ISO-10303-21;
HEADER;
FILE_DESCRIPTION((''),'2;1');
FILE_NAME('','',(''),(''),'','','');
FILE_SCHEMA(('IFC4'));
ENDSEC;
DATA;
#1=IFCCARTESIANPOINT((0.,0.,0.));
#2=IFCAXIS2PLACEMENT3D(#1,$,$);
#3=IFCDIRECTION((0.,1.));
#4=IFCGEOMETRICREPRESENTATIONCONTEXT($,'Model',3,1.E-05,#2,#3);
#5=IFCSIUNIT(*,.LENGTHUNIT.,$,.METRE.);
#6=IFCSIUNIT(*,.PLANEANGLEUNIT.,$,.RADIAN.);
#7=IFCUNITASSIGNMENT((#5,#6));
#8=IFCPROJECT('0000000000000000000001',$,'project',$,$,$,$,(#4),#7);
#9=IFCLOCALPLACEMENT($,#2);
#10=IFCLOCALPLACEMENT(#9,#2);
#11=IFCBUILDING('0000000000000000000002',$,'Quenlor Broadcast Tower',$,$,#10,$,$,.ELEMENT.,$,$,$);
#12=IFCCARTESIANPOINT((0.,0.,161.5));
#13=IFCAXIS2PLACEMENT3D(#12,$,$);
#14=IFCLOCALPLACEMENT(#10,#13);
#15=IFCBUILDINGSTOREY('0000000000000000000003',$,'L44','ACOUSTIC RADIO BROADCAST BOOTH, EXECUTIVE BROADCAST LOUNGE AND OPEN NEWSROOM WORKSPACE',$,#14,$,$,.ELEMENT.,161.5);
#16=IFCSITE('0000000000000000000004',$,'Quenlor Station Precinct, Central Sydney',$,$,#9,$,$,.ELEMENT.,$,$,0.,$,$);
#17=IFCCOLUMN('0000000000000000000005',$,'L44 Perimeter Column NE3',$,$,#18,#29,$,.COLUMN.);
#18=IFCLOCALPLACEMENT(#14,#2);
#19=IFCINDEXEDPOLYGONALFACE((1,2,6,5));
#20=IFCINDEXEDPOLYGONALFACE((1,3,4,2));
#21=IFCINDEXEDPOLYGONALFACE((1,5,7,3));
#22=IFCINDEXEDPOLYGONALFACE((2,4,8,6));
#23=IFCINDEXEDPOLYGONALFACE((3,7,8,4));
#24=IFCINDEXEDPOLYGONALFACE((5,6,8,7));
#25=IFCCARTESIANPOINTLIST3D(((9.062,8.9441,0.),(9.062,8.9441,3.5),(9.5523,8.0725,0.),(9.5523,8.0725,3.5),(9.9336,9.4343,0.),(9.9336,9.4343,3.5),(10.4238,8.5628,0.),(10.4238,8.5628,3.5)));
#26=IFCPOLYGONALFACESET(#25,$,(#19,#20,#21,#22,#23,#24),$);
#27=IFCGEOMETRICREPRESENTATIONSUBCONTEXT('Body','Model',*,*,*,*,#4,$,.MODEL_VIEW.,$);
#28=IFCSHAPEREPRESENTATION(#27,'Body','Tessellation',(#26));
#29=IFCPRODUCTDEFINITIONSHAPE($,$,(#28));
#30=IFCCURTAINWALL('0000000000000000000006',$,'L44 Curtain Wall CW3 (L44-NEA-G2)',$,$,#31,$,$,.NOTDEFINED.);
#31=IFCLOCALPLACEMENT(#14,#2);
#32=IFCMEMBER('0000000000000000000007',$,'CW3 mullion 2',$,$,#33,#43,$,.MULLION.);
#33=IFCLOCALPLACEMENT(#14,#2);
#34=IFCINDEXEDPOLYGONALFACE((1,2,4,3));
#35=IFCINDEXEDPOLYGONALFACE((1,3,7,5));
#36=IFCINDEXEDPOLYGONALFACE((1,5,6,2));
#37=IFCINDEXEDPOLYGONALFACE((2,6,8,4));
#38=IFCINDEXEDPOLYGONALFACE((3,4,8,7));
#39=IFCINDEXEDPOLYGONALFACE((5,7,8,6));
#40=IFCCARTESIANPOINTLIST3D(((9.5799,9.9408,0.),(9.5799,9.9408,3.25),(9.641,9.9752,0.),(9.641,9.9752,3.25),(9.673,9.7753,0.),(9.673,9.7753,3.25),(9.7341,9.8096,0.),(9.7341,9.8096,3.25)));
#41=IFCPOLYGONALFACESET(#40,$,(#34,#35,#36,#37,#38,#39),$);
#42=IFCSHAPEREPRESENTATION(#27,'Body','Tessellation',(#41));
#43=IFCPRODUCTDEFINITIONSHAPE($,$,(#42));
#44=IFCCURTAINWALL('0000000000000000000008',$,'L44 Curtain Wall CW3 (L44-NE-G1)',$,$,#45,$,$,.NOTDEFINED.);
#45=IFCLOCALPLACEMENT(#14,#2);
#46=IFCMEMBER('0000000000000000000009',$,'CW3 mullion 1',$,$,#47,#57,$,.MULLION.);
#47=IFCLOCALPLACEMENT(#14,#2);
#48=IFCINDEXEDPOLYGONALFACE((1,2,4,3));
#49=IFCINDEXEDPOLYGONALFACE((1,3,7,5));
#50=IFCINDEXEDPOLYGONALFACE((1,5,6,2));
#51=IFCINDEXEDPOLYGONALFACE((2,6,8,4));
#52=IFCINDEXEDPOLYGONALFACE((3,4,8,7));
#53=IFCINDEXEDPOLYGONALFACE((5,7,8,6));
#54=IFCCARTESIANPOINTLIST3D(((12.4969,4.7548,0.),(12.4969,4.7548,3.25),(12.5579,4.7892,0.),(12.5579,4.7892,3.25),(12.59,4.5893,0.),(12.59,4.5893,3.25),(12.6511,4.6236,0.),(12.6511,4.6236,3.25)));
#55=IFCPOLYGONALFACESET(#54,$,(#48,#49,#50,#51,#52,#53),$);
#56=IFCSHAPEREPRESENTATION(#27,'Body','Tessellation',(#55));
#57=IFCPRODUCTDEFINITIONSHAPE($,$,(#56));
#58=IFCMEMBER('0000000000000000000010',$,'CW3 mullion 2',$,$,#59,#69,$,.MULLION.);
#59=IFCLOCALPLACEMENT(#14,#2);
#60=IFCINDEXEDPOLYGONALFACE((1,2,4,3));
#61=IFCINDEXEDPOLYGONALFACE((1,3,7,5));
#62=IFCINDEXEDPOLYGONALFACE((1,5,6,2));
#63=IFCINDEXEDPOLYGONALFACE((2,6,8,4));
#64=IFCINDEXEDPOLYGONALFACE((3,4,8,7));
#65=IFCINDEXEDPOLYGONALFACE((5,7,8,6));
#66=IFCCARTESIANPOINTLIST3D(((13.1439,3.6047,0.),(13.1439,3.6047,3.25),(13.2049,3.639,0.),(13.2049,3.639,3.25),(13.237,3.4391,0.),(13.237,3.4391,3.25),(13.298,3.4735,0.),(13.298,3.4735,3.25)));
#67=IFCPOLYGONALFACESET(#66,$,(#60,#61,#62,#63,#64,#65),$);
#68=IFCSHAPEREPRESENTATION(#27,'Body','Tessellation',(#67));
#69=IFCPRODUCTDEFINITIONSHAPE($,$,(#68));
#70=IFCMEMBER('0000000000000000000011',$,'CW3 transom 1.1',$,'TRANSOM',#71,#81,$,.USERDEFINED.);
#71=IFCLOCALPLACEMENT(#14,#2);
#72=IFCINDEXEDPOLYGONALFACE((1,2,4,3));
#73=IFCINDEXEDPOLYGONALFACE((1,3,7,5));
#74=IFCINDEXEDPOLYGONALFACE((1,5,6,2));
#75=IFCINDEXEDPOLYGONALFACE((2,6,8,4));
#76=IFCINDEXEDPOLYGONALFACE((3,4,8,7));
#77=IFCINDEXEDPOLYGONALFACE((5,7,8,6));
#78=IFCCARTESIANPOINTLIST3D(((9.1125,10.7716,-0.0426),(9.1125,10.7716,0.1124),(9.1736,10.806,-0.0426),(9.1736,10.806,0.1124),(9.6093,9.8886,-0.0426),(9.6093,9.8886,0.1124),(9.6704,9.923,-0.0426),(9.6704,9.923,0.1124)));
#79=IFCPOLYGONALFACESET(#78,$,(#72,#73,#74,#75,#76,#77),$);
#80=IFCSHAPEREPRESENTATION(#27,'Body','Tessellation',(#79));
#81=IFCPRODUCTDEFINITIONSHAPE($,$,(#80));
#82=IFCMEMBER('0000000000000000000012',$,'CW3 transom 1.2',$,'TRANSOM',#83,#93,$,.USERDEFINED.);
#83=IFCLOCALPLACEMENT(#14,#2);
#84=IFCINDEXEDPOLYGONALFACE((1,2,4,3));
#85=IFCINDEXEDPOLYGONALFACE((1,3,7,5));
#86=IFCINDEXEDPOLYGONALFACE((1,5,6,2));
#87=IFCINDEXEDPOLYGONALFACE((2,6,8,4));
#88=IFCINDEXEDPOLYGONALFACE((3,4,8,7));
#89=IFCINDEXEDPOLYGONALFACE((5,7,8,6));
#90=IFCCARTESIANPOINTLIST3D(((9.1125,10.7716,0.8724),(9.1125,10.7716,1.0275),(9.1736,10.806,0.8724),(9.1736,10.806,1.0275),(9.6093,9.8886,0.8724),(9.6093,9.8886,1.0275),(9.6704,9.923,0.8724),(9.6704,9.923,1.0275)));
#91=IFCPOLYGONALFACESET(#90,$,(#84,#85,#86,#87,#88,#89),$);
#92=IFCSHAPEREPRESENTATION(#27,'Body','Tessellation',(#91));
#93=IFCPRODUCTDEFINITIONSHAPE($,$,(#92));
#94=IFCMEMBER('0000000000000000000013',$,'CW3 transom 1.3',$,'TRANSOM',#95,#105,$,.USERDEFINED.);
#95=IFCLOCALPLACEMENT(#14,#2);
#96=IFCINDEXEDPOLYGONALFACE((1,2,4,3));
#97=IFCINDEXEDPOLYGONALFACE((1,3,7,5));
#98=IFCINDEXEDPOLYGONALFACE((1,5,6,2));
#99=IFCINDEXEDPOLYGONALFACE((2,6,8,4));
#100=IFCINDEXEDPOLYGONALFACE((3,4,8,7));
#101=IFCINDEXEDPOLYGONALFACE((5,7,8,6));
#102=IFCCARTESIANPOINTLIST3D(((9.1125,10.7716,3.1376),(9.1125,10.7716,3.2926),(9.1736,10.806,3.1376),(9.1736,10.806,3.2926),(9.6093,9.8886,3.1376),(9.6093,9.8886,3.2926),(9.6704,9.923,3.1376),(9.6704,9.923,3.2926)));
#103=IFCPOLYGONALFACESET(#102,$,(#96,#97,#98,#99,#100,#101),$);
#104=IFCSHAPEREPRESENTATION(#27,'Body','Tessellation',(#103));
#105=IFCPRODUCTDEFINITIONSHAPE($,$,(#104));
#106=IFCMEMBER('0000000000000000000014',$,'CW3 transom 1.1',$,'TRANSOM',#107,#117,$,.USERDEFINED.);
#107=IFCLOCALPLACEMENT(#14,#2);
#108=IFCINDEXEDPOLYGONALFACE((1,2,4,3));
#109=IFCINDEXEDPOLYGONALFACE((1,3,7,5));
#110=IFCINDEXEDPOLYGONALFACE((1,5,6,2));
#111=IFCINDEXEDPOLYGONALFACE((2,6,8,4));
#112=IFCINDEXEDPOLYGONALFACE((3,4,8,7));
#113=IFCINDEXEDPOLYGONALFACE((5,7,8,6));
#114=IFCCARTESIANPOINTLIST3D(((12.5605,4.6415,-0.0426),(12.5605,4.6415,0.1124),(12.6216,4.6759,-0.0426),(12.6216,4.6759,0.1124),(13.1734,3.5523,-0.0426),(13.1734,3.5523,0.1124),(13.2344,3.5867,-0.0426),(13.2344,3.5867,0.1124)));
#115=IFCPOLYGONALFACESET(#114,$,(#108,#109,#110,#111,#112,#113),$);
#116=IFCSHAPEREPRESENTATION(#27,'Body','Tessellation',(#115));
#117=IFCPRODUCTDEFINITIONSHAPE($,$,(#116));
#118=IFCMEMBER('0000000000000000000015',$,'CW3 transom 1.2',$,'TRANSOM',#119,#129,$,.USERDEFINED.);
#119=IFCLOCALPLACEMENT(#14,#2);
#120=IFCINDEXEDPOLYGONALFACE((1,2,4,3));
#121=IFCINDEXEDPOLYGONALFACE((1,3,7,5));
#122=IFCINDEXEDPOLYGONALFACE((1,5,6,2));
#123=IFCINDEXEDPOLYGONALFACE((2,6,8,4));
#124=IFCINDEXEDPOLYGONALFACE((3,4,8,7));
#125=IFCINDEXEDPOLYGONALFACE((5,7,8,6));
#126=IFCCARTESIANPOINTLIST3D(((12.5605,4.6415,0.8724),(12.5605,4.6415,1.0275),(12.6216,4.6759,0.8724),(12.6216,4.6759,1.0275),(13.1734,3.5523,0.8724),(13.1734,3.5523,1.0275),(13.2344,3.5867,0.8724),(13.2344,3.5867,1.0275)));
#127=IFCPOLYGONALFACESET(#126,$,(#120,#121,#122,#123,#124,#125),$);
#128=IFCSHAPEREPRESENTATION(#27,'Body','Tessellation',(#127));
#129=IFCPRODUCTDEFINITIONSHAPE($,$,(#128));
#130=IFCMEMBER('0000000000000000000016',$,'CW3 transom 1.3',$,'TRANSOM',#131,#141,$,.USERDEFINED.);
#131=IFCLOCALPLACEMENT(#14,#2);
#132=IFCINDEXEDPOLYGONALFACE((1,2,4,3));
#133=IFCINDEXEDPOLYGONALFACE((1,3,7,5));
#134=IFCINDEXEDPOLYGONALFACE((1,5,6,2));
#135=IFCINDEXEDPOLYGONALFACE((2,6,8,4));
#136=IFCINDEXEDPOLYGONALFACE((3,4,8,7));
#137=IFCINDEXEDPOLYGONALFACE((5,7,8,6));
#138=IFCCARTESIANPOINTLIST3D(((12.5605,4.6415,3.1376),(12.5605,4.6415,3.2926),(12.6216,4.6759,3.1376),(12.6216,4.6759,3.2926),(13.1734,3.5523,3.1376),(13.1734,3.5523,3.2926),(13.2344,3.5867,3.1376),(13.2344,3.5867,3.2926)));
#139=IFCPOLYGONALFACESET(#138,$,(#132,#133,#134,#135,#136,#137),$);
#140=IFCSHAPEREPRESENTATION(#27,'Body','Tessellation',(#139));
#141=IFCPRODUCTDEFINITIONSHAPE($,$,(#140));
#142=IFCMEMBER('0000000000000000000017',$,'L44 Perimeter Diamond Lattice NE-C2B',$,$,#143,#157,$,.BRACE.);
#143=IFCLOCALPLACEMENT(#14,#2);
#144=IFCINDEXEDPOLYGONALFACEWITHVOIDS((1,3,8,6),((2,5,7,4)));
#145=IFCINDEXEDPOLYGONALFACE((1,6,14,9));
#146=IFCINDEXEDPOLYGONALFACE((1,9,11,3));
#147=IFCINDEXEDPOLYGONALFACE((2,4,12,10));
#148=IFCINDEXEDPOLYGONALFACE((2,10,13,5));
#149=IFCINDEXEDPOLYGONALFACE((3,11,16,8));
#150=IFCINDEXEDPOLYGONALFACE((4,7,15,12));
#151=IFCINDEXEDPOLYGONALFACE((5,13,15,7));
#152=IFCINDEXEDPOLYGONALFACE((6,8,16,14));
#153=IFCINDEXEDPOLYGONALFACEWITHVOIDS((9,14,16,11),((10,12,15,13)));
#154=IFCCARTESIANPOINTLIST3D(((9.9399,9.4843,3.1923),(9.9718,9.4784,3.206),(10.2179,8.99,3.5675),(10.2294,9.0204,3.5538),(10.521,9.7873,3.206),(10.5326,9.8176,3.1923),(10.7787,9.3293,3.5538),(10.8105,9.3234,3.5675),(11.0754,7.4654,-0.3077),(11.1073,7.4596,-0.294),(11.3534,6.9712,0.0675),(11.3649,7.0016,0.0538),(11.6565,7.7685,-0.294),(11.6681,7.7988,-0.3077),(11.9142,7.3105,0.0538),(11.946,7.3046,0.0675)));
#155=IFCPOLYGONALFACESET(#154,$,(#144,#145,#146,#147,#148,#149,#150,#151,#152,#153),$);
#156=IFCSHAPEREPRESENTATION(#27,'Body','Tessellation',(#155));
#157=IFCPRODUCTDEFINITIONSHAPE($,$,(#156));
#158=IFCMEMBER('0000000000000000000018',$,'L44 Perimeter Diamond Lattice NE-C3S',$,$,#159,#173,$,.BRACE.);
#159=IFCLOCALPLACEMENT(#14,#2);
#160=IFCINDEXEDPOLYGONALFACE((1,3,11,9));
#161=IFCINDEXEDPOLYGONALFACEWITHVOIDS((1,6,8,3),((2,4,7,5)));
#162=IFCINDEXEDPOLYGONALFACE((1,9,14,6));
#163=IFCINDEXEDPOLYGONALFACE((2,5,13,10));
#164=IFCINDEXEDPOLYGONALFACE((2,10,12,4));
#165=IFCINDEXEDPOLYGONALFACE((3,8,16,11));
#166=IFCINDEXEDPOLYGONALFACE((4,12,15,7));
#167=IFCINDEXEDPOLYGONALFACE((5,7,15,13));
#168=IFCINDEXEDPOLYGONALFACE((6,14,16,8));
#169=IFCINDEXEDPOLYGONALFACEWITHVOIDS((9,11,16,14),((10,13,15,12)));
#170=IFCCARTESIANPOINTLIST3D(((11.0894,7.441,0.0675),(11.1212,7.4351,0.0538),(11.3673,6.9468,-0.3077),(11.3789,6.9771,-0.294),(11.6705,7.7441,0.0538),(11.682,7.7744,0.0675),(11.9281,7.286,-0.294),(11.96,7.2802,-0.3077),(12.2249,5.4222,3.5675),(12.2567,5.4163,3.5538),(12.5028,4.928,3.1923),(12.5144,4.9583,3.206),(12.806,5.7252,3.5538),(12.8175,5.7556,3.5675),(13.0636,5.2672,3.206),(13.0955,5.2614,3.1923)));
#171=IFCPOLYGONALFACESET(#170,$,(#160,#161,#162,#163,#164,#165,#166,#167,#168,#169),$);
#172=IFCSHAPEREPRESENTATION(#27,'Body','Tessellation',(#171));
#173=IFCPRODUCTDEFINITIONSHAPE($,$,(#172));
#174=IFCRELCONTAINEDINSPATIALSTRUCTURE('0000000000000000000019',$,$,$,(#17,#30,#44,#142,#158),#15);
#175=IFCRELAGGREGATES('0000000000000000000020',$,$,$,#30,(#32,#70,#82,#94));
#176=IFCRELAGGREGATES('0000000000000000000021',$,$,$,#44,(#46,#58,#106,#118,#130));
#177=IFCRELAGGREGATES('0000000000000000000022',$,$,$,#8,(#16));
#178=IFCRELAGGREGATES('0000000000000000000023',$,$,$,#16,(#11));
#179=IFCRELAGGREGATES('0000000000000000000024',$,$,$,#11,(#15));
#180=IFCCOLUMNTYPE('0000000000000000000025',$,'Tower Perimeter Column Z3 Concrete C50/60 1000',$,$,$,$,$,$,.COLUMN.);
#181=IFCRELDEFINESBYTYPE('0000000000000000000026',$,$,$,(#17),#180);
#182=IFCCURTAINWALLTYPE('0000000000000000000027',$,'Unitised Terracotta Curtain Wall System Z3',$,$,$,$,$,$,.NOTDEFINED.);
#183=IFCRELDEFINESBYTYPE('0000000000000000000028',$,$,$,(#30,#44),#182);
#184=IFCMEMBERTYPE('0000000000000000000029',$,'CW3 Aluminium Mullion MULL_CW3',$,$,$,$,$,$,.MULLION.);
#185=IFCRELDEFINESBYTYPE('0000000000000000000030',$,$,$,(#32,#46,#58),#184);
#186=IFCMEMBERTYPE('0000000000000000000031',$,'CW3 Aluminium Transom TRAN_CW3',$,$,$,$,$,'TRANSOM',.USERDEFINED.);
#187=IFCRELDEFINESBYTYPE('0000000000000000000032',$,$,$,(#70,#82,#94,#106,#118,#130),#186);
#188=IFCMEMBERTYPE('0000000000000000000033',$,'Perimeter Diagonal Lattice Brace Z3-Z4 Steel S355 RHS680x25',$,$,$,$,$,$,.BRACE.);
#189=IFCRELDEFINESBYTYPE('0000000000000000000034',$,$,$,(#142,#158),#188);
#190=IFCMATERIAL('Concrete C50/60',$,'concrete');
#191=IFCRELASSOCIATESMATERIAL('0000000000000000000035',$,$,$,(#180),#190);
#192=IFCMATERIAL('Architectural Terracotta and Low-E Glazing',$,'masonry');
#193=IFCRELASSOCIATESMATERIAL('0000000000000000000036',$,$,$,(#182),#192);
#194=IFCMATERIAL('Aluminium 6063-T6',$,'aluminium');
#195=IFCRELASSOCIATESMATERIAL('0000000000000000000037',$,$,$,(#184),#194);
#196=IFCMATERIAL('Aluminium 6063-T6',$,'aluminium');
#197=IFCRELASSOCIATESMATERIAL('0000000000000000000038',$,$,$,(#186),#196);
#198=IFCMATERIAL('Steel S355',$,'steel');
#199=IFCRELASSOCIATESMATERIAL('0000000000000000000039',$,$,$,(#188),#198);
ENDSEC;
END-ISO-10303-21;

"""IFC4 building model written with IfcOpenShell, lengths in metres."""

from ifc_helpers import new_model, si_unit, direction, frame, origin, origin_2d, place, context, subcontext, project, spatial, rectangle, hollow_rectangle, extrude, material, material_profile, profile_set, type_object, element, aggregate, save


model = new_model("IFC4")

# Units and contexts
model_context = context("Model", 3, precision=1e-05, world=origin(), true_north=direction((0.0, 1.0)))
body_context = subcontext(model_context, "Body", "Model", "MODEL_VIEW")
ifc_project = project(units=[si_unit("LENGTHUNIT", "METRE"), si_unit("PLANEANGLEUNIT", "RADIAN")], contexts=[model_context])

# Site, building, storey
site_placement = place(None, origin())
site = spatial("IfcSite", under=ifc_project, at=site_placement, Name="Quenlor Station Precinct, Central Sydney", CompositionType="ELEMENT", RefElevation=0.0)
building_placement = place(site_placement, origin())
building = spatial("IfcBuilding", under=site, at=building_placement, Name="Quenlor Broadcast Tower", CompositionType="ELEMENT")
storey_placement = place(building_placement, frame((0.0, 0.0, 161.5)))
storey = spatial("IfcBuildingStorey", under=building, at=storey_placement, Name="L44", Description="ACOUSTIC RADIO BROADCAST BOOTH, EXECUTIVE BROADCAST LOUNGE AND OPEN NEWSROOM WORKSPACE", CompositionType="ELEMENT", Elevation=161.5)

# Column
ifc_material_1 = material(Name="Concrete C50/60", Category="concrete")
ifc_material_profile_1 = material_profile(ifc_material_1, rectangle(XDim=1.0, YDim=1.0, at=origin_2d()))
ifc_profile_set_1 = profile_set([ifc_material_profile_1], Name="Concrete C50/60 RC1000x1000")
column_type = type_object("IfcColumnType", Name="Tower Perimeter Column Z3 Concrete C50/60 1000", PredefinedType="COLUMN", material=ifc_profile_set_1)
column_placement = place(storey_placement, frame((9.7429, 8.7534, 0.0), z_axis=(0.0, 0.0, 1.0), x_axis=(0.871575, 0.490262, 0.0)))
element("IfcColumn", 1, at=column_placement, inside=storey, type_object=column_type, Name="L44 Perimeter Column NE3", PredefinedType="COLUMN", context=body_context, shape_type="SweptSolid", body=[
    extrude(rectangle(XDim=1.0, YDim=1.0, at=origin_2d()), origin(), (0.0, 0.0, 1.0), 3.5),
])

# Curtain wall, member
ifc_material_2 = material(Name="Architectural Terracotta and Low-E Glazing", Category="masonry")
curtain_wall_type = type_object("IfcCurtainWallType", Name="Unitised Terracotta Curtain Wall System Z3", PredefinedType="NOTDEFINED", material=ifc_material_2)
curtain_wall_1_placement = place(storey_placement, origin())
curtain_wall_1 = element("IfcCurtainWall", 2, at=curtain_wall_1_placement, inside=storey, type_object=curtain_wall_type, Name="L44 Curtain Wall CW3 (L44-NEA-G2)", PredefinedType="NOTDEFINED")
ifc_material_3 = material(Name="Aluminium 6063-T6", Category="aluminium")
ifc_material_profile_2 = material_profile(ifc_material_3, rectangle(XDim=0.0701, YDim=0.1899, at=origin_2d()))
ifc_profile_set_2 = profile_set([ifc_material_profile_2], Name="Aluminium 6063-T6 MULL70x190")
member_type_1 = type_object("IfcMemberType", Name="CW3 Aluminium Mullion MULL_CW3", PredefinedType="MULLION", material=ifc_profile_set_2)
member_1_placement = place(storey_placement, frame((9.657, 9.8752, 0.0), z_axis=(0.0, 0.0, 1.0), x_axis=(0.871601, 0.490216, 0.0)))
member_1 = element("IfcMember", 3, at=member_1_placement, type_object=member_type_1, Name="CW3 mullion 2", PredefinedType="MULLION", context=body_context, shape_type="SweptSolid", body=[
    extrude(rectangle(XDim=0.0701, YDim=0.1899, at=origin_2d()), origin(), (0.0, 0.0, 1.0), 3.25),
])

# Curtain wall, members
curtain_wall_2_placement = place(storey_placement, origin())
curtain_wall_2 = element("IfcCurtainWall", 4, at=curtain_wall_2_placement, inside=storey, type_object=curtain_wall_type, Name="L44 Curtain Wall CW3 (L44-NE-G1)", PredefinedType="NOTDEFINED")
member_2_placement = place(storey_placement, frame((12.574, 4.6892, 0.0), z_axis=(0.0, 0.0, 1.0), x_axis=(0.871562, 0.490285, 0.0)))
member_2 = element("IfcMember", 5, at=member_2_placement, type_object=member_type_1, Name="CW3 mullion 1", PredefinedType="MULLION", context=body_context, shape_type="SweptSolid", body=[
    extrude(rectangle(XDim=0.0701, YDim=0.1899, at=origin_2d()), origin(), (0.0, 0.0, 1.0), 3.25),
])
member_3_placement = place(storey_placement, frame((13.2209, 3.5391, 0.0), z_axis=(0.0, 0.0, 1.0), x_axis=(0.871562, 0.490285, 0.0)))
member_3 = element("IfcMember", 6, at=member_3_placement, type_object=member_type_1, Name="CW3 mullion 2", PredefinedType="MULLION", context=body_context, shape_type="SweptSolid", body=[
    extrude(rectangle(XDim=0.0701, YDim=0.1899, at=origin_2d()), origin(), (0.0, 0.0, 1.0), 3.25),
])

# Members
ifc_material_4 = material(Name="Aluminium 6063-T6", Category="aluminium")
ifc_material_profile_3 = material_profile(ifc_material_4, rectangle(XDim=0.0701, YDim=0.155, at=origin_2d()))
ifc_profile_set_3 = profile_set([ifc_material_profile_3], Name="Aluminium 6063-T6 TRAN70x155")
member_type_2 = type_object("IfcMemberType", Name="CW3 Aluminium Transom TRAN_CW3", ElementType="TRANSOM", PredefinedType="USERDEFINED", material=ifc_profile_set_3)
member_4_placement = place(storey_placement, frame((9.1431, 10.7888, 0.0349), z_axis=(0.490341, -0.87153, 0.0), x_axis=(0.87153, 0.490341, 0.0)))
member_4 = element("IfcMember", 7, at=member_4_placement, type_object=member_type_2, Name="CW3 transom 1.1", ObjectType="TRANSOM", PredefinedType="USERDEFINED", context=body_context, shape_type="SweptSolid", body=[
    extrude(rectangle(XDim=0.0701, YDim=0.155, at=origin_2d()), origin(), (0.0, 0.0, 1.0), 1.0132),
])
member_5_placement = place(storey_placement, frame((9.1431, 10.7888, 0.95), z_axis=(0.490341, -0.87153, 0.0), x_axis=(0.87153, 0.490341, 0.0)))
member_5 = element("IfcMember", 8, at=member_5_placement, type_object=member_type_2, Name="CW3 transom 1.2", ObjectType="TRANSOM", PredefinedType="USERDEFINED", context=body_context, shape_type="SweptSolid", body=[
    extrude(rectangle(XDim=0.0701, YDim=0.155, at=origin_2d()), origin(), (0.0, 0.0, 1.0), 1.0132),
])
member_6_placement = place(storey_placement, frame((9.1431, 10.7888, 3.2151), z_axis=(0.490341, -0.87153, 0.0), x_axis=(0.87153, 0.490341, 0.0)))
member_6 = element("IfcMember", 9, at=member_6_placement, type_object=member_type_2, Name="CW3 transom 1.3", ObjectType="TRANSOM", PredefinedType="USERDEFINED", context=body_context, shape_type="SweptSolid", body=[
    extrude(rectangle(XDim=0.0701, YDim=0.155, at=origin_2d()), origin(), (0.0, 0.0, 1.0), 1.0132),
])
member_7_placement = place(storey_placement, frame((12.5911, 4.6587, 0.0349), z_axis=(0.490363, -0.871518, 0.0), x_axis=(0.871518, 0.490363, 0.0)))
member_7 = element("IfcMember", 10, at=member_7_placement, type_object=member_type_2, Name="CW3 transom 1.1", ObjectType="TRANSOM", PredefinedType="USERDEFINED", context=body_context, shape_type="SweptSolid", body=[
    extrude(rectangle(XDim=0.0701, YDim=0.155, at=origin_2d()), origin(), (0.0, 0.0, 1.0), 1.2498),
])
member_8_placement = place(storey_placement, frame((12.5911, 4.6587, 0.95), z_axis=(0.490363, -0.871518, 0.0), x_axis=(0.871518, 0.490363, 0.0)))
member_8 = element("IfcMember", 11, at=member_8_placement, type_object=member_type_2, Name="CW3 transom 1.2", ObjectType="TRANSOM", PredefinedType="USERDEFINED", context=body_context, shape_type="SweptSolid", body=[
    extrude(rectangle(XDim=0.0701, YDim=0.155, at=origin_2d()), origin(), (0.0, 0.0, 1.0), 1.2498),
])
member_9_placement = place(storey_placement, frame((12.5911, 4.6587, 3.2151), z_axis=(0.490363, -0.871518, 0.0), x_axis=(0.871518, 0.490363, 0.0)))
member_9 = element("IfcMember", 12, at=member_9_placement, type_object=member_type_2, Name="CW3 transom 1.3", ObjectType="TRANSOM", PredefinedType="USERDEFINED", context=body_context, shape_type="SweptSolid", body=[
    extrude(rectangle(XDim=0.0701, YDim=0.155, at=origin_2d()), origin(), (0.0, 0.0, 1.0), 1.2498),
])

# Members
ifc_material_5 = material(Name="Steel S355", Category="steel")
ifc_material_profile_4 = material_profile(ifc_material_5, hollow_rectangle(XDim=0.6799, YDim=0.6799, WallThickness=0.0249, at=origin_2d()))
ifc_profile_set_4 = profile_set([ifc_material_profile_4], Name="Steel S355 RHS680x680x25")
member_type_3 = type_object("IfcMemberType", Name="Perimeter Diagonal Lattice Brace Z3-Z4 Steel S355 RHS680x25", PredefinedType="BRACE", material=ifc_profile_set_4)
for number, where, z_axis, x_axis, name in (
    (13, (11.5107, 7.385, -0.1201), (-0.270549, 0.481009, 0.833927), (-0.87159, -0.490236, 0.0), "L44 Perimeter Diamond Lattice NE-C2B"),
    (14, (11.5247, 7.3606, -0.1201), (0.270549, -0.481009, 0.833927), (0.87159, 0.490236, 0.0), "L44 Perimeter Diamond Lattice NE-C3S"),
):
    element("IfcMember", number, at=place(storey_placement, frame(where, z_axis=z_axis, x_axis=x_axis)), inside=storey, type_object=member_type_3, Name=name, PredefinedType="BRACE", context=body_context, shape_type="SweptSolid", body=[
        extrude(hollow_rectangle(XDim=0.6799, YDim=0.6799, WallThickness=0.0249, at=origin_2d()), origin(), (0.0, 0.0, 1.0), 4.197),
    ])

aggregate(curtain_wall_1, [member_1, member_4, member_5, member_6])
aggregate(curtain_wall_2, [member_2, member_3, member_7, member_8, member_9])

save(model, "model.ifc")
